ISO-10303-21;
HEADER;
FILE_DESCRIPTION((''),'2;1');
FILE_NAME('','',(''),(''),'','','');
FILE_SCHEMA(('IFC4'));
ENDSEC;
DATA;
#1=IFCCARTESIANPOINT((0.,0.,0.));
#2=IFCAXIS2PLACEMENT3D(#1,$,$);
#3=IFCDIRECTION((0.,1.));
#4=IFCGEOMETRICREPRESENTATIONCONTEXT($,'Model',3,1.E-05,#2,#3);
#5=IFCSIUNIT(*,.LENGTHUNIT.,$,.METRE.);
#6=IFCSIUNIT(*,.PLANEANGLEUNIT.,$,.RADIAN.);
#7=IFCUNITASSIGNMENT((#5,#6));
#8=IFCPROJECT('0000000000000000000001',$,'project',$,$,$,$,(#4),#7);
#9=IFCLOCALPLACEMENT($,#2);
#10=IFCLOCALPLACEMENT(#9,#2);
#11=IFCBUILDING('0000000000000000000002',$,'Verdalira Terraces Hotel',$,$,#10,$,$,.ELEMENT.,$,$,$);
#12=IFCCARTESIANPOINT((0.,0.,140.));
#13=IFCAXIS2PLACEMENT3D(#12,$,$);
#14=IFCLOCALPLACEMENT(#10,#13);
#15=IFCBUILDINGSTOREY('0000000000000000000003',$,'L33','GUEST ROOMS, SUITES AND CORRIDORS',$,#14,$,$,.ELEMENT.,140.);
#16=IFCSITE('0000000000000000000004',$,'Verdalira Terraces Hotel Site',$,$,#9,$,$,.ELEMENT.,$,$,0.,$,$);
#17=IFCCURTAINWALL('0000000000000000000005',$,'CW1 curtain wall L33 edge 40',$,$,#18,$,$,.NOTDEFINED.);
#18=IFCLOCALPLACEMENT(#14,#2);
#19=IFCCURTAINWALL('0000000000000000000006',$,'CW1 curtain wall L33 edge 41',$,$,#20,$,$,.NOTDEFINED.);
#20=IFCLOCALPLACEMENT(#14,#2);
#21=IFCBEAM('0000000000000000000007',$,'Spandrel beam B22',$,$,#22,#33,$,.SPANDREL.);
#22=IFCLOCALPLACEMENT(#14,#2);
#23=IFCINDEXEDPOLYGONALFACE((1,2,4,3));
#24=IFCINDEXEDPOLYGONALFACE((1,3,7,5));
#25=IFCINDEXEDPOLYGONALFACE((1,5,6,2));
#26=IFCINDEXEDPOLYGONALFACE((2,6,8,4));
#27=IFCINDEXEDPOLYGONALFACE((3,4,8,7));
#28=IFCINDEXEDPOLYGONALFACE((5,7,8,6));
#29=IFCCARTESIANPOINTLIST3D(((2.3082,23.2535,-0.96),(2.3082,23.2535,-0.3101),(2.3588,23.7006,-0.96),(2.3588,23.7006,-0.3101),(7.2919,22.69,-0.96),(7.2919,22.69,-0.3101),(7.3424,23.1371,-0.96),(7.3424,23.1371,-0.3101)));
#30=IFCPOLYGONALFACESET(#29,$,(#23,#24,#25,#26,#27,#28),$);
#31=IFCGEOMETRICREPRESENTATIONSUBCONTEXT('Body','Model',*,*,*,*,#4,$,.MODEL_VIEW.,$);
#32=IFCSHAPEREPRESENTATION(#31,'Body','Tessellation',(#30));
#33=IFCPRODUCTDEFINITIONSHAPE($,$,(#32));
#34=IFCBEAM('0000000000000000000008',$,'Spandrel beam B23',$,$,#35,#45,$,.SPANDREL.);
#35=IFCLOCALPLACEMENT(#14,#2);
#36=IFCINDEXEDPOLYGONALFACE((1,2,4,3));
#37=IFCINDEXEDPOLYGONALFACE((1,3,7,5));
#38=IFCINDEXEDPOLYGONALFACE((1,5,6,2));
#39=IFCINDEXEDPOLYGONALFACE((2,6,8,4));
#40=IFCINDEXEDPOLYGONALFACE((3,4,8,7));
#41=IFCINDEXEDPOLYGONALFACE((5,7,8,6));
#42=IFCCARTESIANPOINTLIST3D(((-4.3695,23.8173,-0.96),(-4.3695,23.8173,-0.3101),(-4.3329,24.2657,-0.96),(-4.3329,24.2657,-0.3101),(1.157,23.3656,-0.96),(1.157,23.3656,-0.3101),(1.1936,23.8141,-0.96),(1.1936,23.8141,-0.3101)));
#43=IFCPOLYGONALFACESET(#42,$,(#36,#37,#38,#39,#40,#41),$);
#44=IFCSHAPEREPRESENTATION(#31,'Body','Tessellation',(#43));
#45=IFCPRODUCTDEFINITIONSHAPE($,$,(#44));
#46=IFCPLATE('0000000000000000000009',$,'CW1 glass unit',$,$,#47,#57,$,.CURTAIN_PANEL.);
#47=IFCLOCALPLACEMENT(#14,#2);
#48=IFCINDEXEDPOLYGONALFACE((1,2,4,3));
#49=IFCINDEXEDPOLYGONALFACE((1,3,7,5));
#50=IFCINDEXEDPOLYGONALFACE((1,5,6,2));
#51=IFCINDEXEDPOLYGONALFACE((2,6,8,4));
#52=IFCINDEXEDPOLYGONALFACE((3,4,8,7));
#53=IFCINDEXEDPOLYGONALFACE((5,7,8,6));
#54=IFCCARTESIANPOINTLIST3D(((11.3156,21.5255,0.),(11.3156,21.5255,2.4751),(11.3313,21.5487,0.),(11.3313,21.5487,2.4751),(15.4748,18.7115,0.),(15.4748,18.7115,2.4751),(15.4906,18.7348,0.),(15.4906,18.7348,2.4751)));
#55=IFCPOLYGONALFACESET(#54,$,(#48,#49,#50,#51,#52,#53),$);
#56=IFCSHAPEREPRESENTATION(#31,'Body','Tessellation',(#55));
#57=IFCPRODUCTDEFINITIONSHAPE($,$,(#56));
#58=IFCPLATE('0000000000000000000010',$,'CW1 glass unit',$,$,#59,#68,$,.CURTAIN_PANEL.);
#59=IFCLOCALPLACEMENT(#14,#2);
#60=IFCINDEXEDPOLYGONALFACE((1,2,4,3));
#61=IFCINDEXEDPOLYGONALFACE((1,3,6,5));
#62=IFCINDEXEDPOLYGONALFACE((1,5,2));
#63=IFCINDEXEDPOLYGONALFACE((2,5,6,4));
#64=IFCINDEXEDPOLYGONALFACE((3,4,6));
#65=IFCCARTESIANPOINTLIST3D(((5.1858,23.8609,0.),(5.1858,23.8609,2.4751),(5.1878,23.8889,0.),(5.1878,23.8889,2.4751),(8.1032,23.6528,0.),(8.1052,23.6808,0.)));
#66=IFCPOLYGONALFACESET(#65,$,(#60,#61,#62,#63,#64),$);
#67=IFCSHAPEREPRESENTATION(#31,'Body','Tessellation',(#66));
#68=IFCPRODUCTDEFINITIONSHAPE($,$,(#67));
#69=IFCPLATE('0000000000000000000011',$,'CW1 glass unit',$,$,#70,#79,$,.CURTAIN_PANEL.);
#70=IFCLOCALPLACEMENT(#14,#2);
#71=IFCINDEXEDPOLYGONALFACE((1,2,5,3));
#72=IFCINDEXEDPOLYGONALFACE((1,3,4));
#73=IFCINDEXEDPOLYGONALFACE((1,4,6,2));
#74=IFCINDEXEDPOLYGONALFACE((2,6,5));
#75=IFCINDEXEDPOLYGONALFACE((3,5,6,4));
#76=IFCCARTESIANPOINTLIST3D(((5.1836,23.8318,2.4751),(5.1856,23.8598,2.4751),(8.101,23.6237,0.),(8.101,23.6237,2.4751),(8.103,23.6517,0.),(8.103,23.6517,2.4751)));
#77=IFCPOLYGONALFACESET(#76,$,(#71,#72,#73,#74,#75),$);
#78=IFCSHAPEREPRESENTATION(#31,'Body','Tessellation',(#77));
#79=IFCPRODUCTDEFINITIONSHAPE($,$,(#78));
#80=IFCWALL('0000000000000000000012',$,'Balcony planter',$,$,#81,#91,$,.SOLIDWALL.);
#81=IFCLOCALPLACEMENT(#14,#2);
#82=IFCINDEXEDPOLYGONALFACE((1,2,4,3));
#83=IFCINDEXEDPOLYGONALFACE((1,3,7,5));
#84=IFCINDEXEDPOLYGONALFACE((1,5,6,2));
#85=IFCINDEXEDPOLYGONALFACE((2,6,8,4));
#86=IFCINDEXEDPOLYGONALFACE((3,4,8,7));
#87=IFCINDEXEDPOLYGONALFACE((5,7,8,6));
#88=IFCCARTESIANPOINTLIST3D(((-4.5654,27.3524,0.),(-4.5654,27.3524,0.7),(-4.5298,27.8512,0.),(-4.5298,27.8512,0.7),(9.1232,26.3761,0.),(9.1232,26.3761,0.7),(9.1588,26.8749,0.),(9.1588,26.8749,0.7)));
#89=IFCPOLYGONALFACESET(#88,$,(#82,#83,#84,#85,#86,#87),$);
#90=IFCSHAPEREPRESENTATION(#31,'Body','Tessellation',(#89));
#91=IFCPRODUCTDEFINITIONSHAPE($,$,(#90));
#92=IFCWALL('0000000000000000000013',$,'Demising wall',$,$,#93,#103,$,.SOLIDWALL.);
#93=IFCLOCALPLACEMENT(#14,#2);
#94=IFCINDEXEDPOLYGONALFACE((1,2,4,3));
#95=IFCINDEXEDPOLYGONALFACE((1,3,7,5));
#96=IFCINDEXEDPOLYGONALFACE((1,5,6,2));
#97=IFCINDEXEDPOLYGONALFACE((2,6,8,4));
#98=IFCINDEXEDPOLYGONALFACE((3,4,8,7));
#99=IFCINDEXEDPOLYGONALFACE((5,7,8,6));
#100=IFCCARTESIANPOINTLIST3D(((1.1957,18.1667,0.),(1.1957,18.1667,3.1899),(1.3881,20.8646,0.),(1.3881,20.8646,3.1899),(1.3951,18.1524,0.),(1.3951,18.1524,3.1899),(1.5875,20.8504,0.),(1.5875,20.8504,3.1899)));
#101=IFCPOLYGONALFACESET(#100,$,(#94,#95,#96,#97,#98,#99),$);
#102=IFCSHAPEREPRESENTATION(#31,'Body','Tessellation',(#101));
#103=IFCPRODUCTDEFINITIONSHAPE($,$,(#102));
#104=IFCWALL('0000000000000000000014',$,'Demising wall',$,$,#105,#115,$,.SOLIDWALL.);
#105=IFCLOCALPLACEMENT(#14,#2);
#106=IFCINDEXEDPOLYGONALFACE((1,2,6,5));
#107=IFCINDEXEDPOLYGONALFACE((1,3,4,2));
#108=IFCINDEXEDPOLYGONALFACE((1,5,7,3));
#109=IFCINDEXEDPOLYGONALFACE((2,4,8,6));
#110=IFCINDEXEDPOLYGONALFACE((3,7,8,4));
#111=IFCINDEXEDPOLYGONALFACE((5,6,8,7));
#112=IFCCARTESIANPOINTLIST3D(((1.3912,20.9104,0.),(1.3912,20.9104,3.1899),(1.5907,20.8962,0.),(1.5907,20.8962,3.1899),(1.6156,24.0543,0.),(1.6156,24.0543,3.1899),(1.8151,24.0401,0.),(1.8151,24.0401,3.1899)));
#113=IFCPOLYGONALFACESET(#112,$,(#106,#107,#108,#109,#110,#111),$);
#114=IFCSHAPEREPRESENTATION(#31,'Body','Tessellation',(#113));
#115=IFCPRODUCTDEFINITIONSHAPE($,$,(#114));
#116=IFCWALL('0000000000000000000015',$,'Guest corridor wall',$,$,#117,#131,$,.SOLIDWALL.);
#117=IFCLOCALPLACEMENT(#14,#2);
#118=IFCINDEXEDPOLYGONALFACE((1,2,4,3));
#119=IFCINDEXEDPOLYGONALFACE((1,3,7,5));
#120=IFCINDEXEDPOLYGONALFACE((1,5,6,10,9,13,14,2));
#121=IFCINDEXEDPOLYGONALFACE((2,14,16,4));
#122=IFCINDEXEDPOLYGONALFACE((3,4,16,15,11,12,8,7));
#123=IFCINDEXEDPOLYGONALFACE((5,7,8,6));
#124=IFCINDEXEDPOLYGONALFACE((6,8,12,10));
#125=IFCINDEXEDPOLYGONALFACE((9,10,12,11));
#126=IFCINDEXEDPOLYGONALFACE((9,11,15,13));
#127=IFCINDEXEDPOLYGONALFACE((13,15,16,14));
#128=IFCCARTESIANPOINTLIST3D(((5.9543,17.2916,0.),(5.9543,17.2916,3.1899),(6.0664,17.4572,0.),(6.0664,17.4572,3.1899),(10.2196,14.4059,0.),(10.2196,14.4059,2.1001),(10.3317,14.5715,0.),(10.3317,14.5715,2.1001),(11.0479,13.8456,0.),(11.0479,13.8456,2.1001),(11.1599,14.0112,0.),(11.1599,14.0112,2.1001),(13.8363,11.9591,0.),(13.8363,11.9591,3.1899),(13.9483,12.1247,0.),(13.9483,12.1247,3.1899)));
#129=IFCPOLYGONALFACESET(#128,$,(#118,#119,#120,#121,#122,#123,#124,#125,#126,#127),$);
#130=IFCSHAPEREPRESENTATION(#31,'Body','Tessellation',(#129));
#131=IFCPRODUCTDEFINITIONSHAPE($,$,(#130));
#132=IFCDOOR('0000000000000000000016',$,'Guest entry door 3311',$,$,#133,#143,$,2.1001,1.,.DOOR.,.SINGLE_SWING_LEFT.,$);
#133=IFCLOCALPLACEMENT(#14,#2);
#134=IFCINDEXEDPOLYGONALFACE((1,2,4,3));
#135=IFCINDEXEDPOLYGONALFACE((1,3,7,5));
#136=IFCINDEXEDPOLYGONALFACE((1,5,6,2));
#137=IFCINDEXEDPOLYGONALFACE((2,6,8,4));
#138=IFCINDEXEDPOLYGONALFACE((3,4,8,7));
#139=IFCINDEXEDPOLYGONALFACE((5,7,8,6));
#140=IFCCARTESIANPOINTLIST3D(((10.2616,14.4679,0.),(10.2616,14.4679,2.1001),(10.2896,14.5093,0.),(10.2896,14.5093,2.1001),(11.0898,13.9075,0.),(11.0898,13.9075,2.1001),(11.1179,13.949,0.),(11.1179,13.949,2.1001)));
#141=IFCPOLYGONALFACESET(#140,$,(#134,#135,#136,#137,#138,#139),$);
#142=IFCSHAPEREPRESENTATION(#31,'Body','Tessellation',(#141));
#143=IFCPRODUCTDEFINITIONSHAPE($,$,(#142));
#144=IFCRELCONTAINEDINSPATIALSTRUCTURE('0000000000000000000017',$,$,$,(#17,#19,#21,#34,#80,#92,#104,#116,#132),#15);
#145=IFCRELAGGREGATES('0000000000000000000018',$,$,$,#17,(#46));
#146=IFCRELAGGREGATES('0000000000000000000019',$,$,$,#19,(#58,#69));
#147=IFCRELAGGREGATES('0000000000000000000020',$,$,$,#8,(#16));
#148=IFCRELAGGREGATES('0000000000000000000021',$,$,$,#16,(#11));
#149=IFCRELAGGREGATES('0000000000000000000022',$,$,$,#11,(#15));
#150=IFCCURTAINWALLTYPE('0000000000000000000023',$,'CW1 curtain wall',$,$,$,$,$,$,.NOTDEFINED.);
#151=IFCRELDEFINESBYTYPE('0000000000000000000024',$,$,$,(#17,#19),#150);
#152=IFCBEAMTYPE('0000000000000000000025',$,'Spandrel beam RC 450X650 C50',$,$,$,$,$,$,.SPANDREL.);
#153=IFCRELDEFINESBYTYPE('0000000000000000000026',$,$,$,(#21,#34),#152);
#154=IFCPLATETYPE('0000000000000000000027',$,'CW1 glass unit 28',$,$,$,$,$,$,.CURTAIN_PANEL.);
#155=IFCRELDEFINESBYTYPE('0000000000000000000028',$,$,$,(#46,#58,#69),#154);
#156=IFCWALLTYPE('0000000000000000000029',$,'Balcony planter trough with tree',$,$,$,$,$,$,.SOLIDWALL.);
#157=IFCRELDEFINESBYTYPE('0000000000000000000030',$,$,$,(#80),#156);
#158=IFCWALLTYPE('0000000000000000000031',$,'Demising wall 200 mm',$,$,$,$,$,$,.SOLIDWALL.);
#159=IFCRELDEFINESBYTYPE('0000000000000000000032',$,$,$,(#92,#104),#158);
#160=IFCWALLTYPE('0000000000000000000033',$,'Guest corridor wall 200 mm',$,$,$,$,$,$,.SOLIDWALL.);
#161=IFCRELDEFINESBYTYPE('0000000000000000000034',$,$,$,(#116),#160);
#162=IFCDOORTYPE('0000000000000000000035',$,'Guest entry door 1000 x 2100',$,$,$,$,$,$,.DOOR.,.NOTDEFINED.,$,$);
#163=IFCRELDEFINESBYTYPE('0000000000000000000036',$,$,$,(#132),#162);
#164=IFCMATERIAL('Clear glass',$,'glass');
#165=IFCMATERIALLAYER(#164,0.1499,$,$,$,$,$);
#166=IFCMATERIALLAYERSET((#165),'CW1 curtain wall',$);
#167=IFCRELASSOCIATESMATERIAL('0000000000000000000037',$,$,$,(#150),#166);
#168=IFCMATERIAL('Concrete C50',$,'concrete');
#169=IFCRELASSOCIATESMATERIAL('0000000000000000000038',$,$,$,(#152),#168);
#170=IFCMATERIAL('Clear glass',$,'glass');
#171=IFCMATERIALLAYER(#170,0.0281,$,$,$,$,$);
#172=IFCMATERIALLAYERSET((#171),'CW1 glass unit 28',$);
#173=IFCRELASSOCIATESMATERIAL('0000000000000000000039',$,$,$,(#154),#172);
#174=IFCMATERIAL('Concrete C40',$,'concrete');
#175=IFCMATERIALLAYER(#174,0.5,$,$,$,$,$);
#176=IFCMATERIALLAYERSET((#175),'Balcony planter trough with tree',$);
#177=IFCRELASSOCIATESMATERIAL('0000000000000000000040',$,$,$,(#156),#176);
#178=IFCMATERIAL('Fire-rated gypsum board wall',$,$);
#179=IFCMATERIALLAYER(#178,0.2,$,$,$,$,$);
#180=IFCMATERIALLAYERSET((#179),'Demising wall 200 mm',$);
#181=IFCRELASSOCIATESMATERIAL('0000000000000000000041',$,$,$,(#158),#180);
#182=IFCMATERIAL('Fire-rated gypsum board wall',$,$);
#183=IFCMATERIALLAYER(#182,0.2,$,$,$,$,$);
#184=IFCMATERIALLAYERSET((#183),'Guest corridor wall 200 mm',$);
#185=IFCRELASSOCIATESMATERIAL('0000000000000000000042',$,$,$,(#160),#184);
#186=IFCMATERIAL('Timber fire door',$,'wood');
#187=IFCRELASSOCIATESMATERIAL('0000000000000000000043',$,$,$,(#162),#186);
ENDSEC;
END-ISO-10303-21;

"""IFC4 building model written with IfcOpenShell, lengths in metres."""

from ifc_helpers import new_model, si_unit, direction, frame, frame_2d, origin, origin_2d, place, context, subcontext, project, spatial, polyline, rectangle, outline, extrude, material, layer, layer_set, material_profile, profile_set, type_object, element, fill, aggregate, save


model = new_model("IFC4")

# Units and contexts
model_context = context("Model", 3, precision=1e-05, world=origin(), true_north=direction((0.0, 1.0)))
body_context = subcontext(model_context, "Body", "Model", "MODEL_VIEW")
ifc_project = project(units=[si_unit("LENGTHUNIT", "METRE"), si_unit("PLANEANGLEUNIT", "RADIAN")], contexts=[model_context])

# Site, building, storey
site_placement = place(None, origin())
site = spatial("IfcSite", under=ifc_project, at=site_placement, Name="Verdalira Terraces Hotel Site", CompositionType="ELEMENT", RefElevation=0.0)
building_placement = place(site_placement, origin())
building = spatial("IfcBuilding", under=site, at=building_placement, Name="Verdalira Terraces Hotel", CompositionType="ELEMENT")
storey_placement = place(building_placement, frame((0.0, 0.0, 140.0)))
storey = spatial("IfcBuildingStorey", under=building, at=storey_placement, Name="L33", Description="GUEST ROOMS, SUITES AND CORRIDORS", CompositionType="ELEMENT", Elevation=140.0)

# Curtain wall
ifc_material_1 = material(Name="Clear glass", Category="glass")
ifc_layer_1 = layer(ifc_material_1, 0.1499)
ifc_layer_set_1 = layer_set([ifc_layer_1], Name="CW1 curtain wall")
curtain_wall_type = type_object("IfcCurtainWallType", Name="CW1 curtain wall", PredefinedType="NOTDEFINED", material=ifc_layer_set_1)
curtain_wall_1_placement = place(storey_placement, origin())
curtain_wall_1 = element("IfcCurtainWall", 1, at=curtain_wall_1_placement, inside=storey, type_object=curtain_wall_type, Name="CW1 curtain wall L33 edge 40", PredefinedType="NOTDEFINED")

# Curtain wall
curtain_wall_2_placement = place(storey_placement, origin())
curtain_wall_2 = element("IfcCurtainWall", 2, at=curtain_wall_2_placement, inside=storey, type_object=curtain_wall_type, Name="CW1 curtain wall L33 edge 41", PredefinedType="NOTDEFINED")

# Beams
ifc_material_2 = material(Name="Concrete C50", Category="concrete")
ifc_material_profile_1 = material_profile(ifc_material_2, rectangle(XDim=0.45, YDim=0.6499, at=origin_2d()), Name="RC 450X650")
ifc_profile_set_1 = profile_set([ifc_material_profile_1], Name="Concrete C50")
beam_type_1 = type_object("IfcBeamType", Name="Spandrel beam RC 450X650 C50", PredefinedType="SPANDREL", material=ifc_profile_set_1)
beam_1_placement = place(storey_placement, frame((7.3171, 22.9136, -0.635), z_axis=(-0.993669, 0.112349, 0.0), x_axis=(-0.112349, -0.993669, 0.0)))
element("IfcBeam", 3, at=beam_1_placement, inside=storey, type_object=beam_type_1, Name="Spandrel beam B22", PredefinedType="SPANDREL", context=body_context, shape_type="SweptSolid", body=[
    extrude(rectangle(XDim=0.45, YDim=0.6499, at=origin_2d()), origin(), (0.0, 0.0, 1.0), 5.0154),
])
beam_2_placement = place(storey_placement, frame((1.1753, 23.5898, -0.635), z_axis=(-0.996677, 0.081453, 0.0), x_axis=(-0.081453, -0.996677, 0.0)))
element("IfcBeam", 4, at=beam_2_placement, inside=storey, type_object=beam_type_1, Name="Spandrel beam B23", PredefinedType="SPANDREL", context=body_context, shape_type="SweptSolid", body=[
    extrude(rectangle(XDim=0.45, YDim=0.6499, at=origin_2d()), origin(), (0.0, 0.0, 1.0), 5.5449),
])

# Plates
ifc_material_3 = material(Name="Clear glass", Category="glass")
ifc_layer_2 = layer(ifc_material_3, 0.0281)
ifc_layer_set_2 = layer_set([ifc_layer_2], Name="CW1 glass unit 28")
plate_type = type_object("IfcPlateType", Name="CW1 glass unit 28", PredefinedType="CURTAIN_PANEL", material=ifc_layer_set_2)
plate_1_placement = place(storey_placement, frame((13.4031, 20.1301, 0.0), z_axis=(0.0, 0.0, 1.0), x_axis=(-0.828256, 0.56035, 0.0)))
plate_1 = element("IfcPlate", 5, at=plate_1_placement, type_object=plate_type, Name="CW1 glass unit", PredefinedType="CURTAIN_PANEL", context=body_context, shape_type="SweptSolid", body=[
    extrude(rectangle(XDim=5.0217, YDim=0.0281, at=origin_2d()), origin(), (0.0, 0.0, 1.0), 2.4751),
])
aggregate(curtain_wall_1, [plate_1])
plate_2_placement = place(storey_placement, frame((6.6445, 23.7568, 1.2375), z_axis=(0.071149, 0.997466, 0.0), x_axis=(-0.997466, 0.071149, 0.0)))
plate_2 = element("IfcPlate", 6, at=plate_2_placement, type_object=plate_type, Name="CW1 glass unit", PredefinedType="CURTAIN_PANEL", context=body_context, shape_type="SweptSolid", body=[
    extrude(outline(polyline([(-1.4624, -1.2375), (1.4624, -1.2375), (1.4624, 1.2375), (-1.4624, -1.2375)])), origin(), (0.0, 0.0, 1.0), 0.0281),
])
plate_3_placement = place(storey_placement, frame((6.6423, 23.7278, 1.2375), z_axis=(0.071149, 0.997466, 0.0), x_axis=(-0.997466, 0.071149, 0.0)))
plate_3 = element("IfcPlate", 7, at=plate_3_placement, type_object=plate_type, Name="CW1 glass unit", PredefinedType="CURTAIN_PANEL", context=body_context, shape_type="SweptSolid", body=[
    extrude(outline(polyline([(-1.4624, -1.2375), (1.4624, 1.2375), (-1.4624, 1.2375), (-1.4624, -1.2375)])), origin(), (0.0, 0.0, 1.0), 0.0281),
])
aggregate(curtain_wall_2, [plate_2, plate_3])

# Walls
ifc_material_4 = material(Name="Concrete C40", Category="concrete")
ifc_layer_3 = layer(ifc_material_4, 0.5)
ifc_layer_set_3 = layer_set([ifc_layer_3], Name="Balcony planter trough with tree")
wall_type_1 = type_object("IfcWallType", Name="Balcony planter trough with tree", PredefinedType="SOLIDWALL", material=ifc_layer_set_3)
wall_1_placement = place(storey_placement, frame((9.1411, 26.6255, 0.0), z_axis=(0.0, 0.0, 1.0), x_axis=(-0.997466, 0.071142, 0.0)))
element("IfcWall", 8, at=wall_1_placement, inside=storey, type_object=wall_type_1, Name="Balcony planter", PredefinedType="SOLIDWALL", context=body_context, shape_type="SweptSolid", body=[
    extrude(rectangle(XDim=13.7234, YDim=0.5, at=frame_2d((6.8618, 0.0))), origin(), (0.0, 0.0, 1.0), 0.7),
])
ifc_material_5 = material(Name="Fire-rated gypsum board wall")
ifc_layer_4 = layer(ifc_material_5, 0.2)
ifc_layer_set_4 = layer_set([ifc_layer_4], Name="Demising wall 200 mm")
wall_type_2 = type_object("IfcWallType", Name="Demising wall 200 mm", PredefinedType="SOLIDWALL", material=ifc_layer_set_4)
wall_2_placement = place(storey_placement, frame((1.2954, 18.1594, 0.0), z_axis=(0.0, 0.0, 1.0), x_axis=(0.071125, 0.997467, 0.0)))
element("IfcWall", 9, at=wall_2_placement, inside=storey, type_object=wall_type_2, Name="Demising wall", PredefinedType="SOLIDWALL", context=body_context, shape_type="SweptSolid", body=[
    extrude(rectangle(XDim=2.7048, YDim=0.2, at=frame_2d((1.3525, 0.0))), origin(), (0.0, 0.0, 1.0), 3.1899),
])
wall_3_placement = place(storey_placement, frame((1.491, 20.9033, 0.0), z_axis=(0.0, 0.0, 1.0), x_axis=(0.071186, 0.997463, 0.0)))
element("IfcWall", 10, at=wall_3_placement, inside=storey, type_object=wall_type_2, Name="Demising wall", PredefinedType="SOLIDWALL", context=body_context, shape_type="SweptSolid", body=[
    extrude(rectangle(XDim=3.1519, YDim=0.2, at=frame_2d((1.5759, 0.0))), origin(), (0.0, 0.0, 1.0), 3.1899),
])

# Wall, opening, door
ifc_material_6 = material(Name="Fire-rated gypsum board wall")
ifc_layer_5 = layer(ifc_material_6, 0.2)
ifc_layer_set_5 = layer_set([ifc_layer_5], Name="Guest corridor wall 200 mm")
wall_type_3 = type_object("IfcWallType", Name="Guest corridor wall 200 mm", PredefinedType="SOLIDWALL", material=ifc_layer_set_5)
wall_4_placement = place(storey_placement, frame((6.0103, 17.3745, 0.0), z_axis=(0.0, 0.0, 1.0), x_axis=(0.82825, -0.560359, 0.0)))
wall_4 = element("IfcWall", 11, at=wall_4_placement, inside=storey, type_object=wall_type_3, Name="Guest corridor wall", PredefinedType="SOLIDWALL", context=body_context, shape_type="SweptSolid", body=[
    extrude(rectangle(XDim=9.5164, YDim=0.2, at=frame_2d((4.7583, 0.0))), origin(), (0.0, 0.0, 1.0), 3.1899),
])
opening_1_placement = place(wall_4_placement, frame((5.1499, 0.0, 0.0)))
opening_1 = element("IfcOpeningElement", 12, at=opening_1_placement, cuts=wall_4, PredefinedType="OPENING", context=body_context, shape_type="SweptSolid", body=[
    extrude(rectangle(XDim=1.0, YDim=2.1001, at=frame_2d((0.5, 1.05))), frame((0.0, 0.1099, 0.0), z_axis=(0.0, -1.0, 0.0), x_axis=(1.0, 0.0, 0.0)), (0.0, 0.0, 1.0), 0.22),
])
ifc_material_7 = material(Name="Timber fire door", Category="wood")
door_type_1 = type_object("IfcDoorType", Name="Guest entry door 1000 x 2100", OperationType="NOTDEFINED", PredefinedType="DOOR", material=ifc_material_7)
door_1_placement = place(opening_1_placement, origin())
door_1 = element("IfcDoor", 13, at=door_1_placement, inside=storey, type_object=door_type_1, Name="Guest entry door 3311", OperationType="SINGLE_SWING_LEFT", OverallHeight=2.1001, OverallWidth=1.0, PredefinedType="DOOR", context=body_context, shape_type="SweptSolid", body=[
    extrude(rectangle(XDim=1.0, YDim=2.1001, at=frame_2d((0.5, 1.05))), frame((0.0, 0.0249, 0.0), z_axis=(0.0, -1.0, 0.0), x_axis=(1.0, 0.0, 0.0)), (0.0, 0.0, 1.0), 0.05),
])
fill(opening_1, door_1)

save(model, "model.ifc")
